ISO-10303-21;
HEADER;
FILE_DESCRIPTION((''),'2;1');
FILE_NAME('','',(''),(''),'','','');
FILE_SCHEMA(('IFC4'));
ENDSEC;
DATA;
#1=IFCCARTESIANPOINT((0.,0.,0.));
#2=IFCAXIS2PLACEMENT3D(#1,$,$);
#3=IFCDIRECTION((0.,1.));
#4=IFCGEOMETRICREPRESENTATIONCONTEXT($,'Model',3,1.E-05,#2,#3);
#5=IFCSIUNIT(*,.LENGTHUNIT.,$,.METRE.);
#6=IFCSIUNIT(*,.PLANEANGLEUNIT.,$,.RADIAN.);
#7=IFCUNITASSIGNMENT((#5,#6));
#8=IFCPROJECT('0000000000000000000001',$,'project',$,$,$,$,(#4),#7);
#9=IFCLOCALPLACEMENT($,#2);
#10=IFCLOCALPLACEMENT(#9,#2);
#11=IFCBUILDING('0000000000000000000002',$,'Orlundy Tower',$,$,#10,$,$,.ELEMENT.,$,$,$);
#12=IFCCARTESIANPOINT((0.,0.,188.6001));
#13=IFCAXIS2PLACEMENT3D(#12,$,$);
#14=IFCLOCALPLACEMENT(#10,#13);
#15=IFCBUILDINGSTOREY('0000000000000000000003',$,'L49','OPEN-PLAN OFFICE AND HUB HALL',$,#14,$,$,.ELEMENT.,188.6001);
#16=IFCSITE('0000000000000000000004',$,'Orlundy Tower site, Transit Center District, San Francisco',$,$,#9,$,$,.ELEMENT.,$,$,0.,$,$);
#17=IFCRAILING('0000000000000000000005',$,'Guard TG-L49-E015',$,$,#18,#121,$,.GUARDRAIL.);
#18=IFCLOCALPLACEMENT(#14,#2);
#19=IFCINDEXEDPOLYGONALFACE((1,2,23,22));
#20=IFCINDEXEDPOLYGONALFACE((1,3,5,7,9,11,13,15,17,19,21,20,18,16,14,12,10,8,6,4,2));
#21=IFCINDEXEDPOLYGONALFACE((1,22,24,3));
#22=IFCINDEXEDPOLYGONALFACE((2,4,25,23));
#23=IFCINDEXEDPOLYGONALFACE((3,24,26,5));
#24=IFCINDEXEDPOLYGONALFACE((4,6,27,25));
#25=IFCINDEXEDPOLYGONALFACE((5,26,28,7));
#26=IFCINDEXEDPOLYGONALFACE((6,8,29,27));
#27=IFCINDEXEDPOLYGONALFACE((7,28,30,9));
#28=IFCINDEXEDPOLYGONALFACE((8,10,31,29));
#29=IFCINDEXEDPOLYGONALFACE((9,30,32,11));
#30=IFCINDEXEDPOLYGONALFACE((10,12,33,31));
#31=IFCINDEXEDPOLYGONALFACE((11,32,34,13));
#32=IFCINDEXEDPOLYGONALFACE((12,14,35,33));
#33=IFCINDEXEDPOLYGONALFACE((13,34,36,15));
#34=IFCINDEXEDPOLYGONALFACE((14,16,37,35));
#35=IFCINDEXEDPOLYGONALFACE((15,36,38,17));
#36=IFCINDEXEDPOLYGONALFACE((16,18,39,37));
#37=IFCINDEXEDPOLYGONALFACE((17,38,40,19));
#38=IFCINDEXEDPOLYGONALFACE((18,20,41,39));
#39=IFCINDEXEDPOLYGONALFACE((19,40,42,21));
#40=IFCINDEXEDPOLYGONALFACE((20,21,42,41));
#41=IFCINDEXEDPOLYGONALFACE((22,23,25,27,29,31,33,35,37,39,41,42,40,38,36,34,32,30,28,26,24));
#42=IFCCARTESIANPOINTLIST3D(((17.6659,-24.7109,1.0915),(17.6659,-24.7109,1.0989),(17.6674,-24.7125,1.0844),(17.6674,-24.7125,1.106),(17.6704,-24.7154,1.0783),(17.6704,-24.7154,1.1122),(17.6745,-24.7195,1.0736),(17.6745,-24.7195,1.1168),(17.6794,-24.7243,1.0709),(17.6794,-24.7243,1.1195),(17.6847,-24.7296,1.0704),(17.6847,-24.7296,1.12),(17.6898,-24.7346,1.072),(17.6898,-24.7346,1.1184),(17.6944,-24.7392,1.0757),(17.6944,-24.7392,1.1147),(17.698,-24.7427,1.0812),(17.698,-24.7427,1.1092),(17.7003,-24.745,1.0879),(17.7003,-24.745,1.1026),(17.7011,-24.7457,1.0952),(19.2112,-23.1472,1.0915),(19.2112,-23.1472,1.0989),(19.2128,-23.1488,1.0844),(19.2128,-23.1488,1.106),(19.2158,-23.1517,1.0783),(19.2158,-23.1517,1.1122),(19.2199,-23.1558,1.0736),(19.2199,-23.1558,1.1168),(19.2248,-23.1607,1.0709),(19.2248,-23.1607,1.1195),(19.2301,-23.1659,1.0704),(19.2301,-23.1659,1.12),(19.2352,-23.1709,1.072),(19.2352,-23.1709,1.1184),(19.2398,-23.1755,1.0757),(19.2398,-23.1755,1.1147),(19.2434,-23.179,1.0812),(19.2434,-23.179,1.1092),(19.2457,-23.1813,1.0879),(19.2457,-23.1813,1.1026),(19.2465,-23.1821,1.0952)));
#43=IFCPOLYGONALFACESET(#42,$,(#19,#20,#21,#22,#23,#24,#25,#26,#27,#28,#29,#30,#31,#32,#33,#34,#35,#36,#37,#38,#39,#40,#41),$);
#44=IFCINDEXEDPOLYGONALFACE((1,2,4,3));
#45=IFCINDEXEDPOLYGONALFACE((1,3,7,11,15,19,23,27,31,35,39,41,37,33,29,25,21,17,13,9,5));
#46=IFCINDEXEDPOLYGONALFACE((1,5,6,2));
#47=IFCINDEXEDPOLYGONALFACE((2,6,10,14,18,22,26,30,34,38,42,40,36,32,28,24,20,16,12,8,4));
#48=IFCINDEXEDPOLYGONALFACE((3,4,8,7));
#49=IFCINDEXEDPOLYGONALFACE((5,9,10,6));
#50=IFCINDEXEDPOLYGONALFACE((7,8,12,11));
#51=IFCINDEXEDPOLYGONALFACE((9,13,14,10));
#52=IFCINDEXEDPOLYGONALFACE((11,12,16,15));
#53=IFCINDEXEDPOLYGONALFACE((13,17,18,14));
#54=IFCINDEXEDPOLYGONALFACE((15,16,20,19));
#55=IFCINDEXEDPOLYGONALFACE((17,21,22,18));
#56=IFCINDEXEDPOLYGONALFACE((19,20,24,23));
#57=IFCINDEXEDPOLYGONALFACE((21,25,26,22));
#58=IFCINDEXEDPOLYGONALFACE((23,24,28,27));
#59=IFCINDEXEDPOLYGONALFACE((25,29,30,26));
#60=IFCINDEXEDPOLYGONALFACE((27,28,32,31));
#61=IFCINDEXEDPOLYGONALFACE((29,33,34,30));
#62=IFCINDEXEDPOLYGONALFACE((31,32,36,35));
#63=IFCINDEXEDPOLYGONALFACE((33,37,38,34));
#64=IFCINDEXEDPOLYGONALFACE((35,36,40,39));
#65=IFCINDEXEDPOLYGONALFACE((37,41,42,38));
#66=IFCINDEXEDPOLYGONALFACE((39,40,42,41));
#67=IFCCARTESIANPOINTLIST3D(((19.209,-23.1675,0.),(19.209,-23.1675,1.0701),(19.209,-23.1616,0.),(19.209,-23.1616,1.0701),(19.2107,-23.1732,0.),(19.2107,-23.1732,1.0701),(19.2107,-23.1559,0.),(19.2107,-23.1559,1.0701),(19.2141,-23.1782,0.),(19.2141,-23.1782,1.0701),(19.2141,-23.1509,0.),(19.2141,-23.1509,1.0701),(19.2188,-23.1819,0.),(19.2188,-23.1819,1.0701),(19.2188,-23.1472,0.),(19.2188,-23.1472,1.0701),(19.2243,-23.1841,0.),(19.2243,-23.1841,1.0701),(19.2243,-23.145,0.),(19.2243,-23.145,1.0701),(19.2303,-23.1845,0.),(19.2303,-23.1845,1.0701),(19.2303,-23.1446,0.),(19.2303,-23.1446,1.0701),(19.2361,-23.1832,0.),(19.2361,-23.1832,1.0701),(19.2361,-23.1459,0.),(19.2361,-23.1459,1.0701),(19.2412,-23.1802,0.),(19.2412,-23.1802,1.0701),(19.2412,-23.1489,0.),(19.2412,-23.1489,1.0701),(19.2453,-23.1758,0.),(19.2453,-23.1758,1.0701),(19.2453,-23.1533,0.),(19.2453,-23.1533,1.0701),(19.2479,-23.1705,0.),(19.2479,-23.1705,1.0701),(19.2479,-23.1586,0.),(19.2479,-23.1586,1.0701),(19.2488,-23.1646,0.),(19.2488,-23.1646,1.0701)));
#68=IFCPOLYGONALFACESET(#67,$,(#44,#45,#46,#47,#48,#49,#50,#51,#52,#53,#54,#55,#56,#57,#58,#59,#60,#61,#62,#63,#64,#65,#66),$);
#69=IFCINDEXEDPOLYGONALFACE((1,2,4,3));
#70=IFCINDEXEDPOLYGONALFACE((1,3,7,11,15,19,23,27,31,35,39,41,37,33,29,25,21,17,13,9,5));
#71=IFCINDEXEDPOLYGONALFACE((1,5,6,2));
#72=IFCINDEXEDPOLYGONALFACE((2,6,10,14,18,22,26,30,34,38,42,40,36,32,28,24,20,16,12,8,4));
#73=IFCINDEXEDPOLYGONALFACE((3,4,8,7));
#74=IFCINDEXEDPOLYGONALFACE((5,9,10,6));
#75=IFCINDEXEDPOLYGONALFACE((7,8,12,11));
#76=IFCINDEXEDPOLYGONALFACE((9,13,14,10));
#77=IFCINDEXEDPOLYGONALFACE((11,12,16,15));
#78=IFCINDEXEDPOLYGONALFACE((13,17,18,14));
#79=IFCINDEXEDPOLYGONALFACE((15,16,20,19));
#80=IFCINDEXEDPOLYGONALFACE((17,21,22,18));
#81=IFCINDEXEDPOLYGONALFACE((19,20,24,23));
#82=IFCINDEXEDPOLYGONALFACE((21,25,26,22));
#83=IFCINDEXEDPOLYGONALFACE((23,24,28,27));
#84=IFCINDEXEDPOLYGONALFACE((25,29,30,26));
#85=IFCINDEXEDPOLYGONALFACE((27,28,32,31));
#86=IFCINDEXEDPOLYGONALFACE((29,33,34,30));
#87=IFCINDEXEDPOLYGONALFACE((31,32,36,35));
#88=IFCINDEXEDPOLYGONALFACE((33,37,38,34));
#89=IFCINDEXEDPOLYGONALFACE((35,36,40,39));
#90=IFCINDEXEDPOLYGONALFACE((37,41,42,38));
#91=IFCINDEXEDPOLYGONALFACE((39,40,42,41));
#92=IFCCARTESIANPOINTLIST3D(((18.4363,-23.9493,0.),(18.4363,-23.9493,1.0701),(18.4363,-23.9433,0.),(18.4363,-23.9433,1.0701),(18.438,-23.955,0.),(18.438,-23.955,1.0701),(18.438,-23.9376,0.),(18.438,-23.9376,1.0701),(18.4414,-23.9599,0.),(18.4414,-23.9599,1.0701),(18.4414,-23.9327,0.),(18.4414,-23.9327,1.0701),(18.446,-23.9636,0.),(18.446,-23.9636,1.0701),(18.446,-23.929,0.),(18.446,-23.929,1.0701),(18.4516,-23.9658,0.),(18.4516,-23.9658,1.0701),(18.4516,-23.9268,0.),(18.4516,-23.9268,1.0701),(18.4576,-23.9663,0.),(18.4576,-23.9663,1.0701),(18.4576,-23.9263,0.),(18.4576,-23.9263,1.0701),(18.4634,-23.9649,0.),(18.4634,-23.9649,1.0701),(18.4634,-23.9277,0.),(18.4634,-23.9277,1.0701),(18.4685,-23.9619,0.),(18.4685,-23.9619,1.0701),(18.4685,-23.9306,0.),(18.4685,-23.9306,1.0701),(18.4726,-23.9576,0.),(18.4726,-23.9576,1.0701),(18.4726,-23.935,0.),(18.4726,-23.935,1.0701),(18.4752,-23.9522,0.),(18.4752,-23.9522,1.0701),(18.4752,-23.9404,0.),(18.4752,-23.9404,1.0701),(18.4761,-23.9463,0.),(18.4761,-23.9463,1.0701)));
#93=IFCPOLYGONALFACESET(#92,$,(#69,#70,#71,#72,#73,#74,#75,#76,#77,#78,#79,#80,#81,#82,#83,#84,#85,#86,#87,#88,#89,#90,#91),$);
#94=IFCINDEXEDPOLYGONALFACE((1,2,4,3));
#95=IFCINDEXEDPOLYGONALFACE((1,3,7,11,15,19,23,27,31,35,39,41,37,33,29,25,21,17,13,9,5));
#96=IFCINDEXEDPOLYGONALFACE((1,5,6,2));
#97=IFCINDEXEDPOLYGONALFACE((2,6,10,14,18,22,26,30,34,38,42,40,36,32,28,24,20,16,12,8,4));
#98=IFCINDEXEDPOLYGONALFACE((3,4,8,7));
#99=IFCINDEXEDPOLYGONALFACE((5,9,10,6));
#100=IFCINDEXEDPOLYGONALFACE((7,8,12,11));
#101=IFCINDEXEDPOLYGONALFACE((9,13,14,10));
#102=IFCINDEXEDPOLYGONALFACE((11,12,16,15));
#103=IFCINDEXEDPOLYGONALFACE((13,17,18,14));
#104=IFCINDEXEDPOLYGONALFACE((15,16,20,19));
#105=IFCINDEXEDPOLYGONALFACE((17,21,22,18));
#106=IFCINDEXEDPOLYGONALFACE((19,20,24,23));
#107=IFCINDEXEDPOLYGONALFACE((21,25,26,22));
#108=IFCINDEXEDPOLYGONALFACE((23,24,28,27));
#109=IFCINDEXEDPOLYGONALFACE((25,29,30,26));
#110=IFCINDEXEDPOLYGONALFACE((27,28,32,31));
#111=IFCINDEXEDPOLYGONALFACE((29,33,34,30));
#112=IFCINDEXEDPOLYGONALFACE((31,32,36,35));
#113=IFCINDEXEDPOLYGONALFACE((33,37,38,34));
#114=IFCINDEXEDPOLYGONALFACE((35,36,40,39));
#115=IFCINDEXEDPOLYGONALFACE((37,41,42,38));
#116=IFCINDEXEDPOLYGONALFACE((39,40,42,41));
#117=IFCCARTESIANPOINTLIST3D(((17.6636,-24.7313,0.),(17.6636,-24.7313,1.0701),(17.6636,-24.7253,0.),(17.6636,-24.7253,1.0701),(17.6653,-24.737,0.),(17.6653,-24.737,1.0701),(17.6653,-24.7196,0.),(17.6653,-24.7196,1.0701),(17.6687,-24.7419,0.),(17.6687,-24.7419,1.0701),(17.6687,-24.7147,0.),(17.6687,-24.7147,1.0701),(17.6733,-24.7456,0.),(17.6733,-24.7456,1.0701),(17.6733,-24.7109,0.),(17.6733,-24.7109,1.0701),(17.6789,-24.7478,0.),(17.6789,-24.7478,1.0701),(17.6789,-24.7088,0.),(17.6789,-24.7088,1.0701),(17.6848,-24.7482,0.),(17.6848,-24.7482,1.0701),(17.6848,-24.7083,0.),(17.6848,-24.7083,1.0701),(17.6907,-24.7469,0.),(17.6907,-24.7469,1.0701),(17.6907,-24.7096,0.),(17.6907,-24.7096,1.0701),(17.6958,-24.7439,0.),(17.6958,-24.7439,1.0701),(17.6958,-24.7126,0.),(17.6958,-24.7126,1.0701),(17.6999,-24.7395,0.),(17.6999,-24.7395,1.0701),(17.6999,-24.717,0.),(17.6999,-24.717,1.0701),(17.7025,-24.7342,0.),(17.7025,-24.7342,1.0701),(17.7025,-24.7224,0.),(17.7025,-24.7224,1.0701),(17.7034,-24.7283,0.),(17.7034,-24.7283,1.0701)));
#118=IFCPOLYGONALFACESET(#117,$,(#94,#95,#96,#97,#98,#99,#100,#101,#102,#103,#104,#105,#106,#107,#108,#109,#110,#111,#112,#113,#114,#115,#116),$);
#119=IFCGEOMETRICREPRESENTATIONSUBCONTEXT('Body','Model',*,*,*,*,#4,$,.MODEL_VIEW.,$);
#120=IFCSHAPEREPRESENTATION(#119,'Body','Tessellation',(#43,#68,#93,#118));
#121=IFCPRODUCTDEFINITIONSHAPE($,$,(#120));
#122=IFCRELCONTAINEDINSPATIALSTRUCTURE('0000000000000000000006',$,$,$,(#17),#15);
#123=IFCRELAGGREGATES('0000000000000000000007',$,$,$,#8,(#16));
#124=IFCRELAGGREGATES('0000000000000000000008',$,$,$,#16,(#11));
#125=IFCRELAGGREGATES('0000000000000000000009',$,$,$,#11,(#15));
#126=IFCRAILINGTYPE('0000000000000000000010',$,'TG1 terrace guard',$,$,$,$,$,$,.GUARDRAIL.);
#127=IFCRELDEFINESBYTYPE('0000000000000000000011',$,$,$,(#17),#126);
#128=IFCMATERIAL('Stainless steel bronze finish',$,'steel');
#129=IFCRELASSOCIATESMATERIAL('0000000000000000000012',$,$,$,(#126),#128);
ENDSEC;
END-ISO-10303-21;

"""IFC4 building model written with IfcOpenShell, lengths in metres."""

from ifc_helpers import new_model, si_unit, direction, frame, origin, origin_2d, place, context, subcontext, project, spatial, circle, extrude, material, type_object, element, save


model = new_model("IFC4")

# Units and contexts
model_context = context("Model", 3, precision=1e-05, world=origin(), true_north=direction((0.0, 1.0)))
body_context = subcontext(model_context, "Body", "Model", "MODEL_VIEW")
ifc_project = project(units=[si_unit("LENGTHUNIT", "METRE"), si_unit("PLANEANGLEUNIT", "RADIAN")], contexts=[model_context])

# Site, building, storey
site_placement = place(None, origin())
site = spatial("IfcSite", under=ifc_project, at=site_placement, Name="Orlundy Tower site, Transit Center District, San Francisco", CompositionType="ELEMENT", RefElevation=0.0)
building_placement = place(site_placement, origin())
building = spatial("IfcBuilding", under=site, at=building_placement, Name="Orlundy Tower", CompositionType="ELEMENT")
storey_placement = place(building_placement, frame((0.0, 0.0, 188.6001)))
storey = spatial("IfcBuildingStorey", under=building, at=storey_placement, Name="L49", Description="OPEN-PLAN OFFICE AND HUB HALL", CompositionType="ELEMENT", Elevation=188.6001)

# Railing
ifc_material_1 = material(Name="Stainless steel bronze finish", Category="steel")
railing_type = type_object("IfcRailingType", Name="TG1 terrace guard", PredefinedType="GUARDRAIL", material=ifc_material_1)
railing_1_placement = place(storey_placement, frame((19.2288, -23.1646, 0.0)))
element("IfcRailing", 1, at=railing_1_placement, inside=storey, type_object=railing_type, Name="Guard TG-L49-E015", PredefinedType="GUARDRAIL", context=body_context, shape_type="SweptSolid", body=[
    extrude(circle(Radius=0.0249, at=origin_2d()), frame((0.0, 0.0, 1.0952), z_axis=(-0.70293, -0.711259, 0.0), x_axis=(0.711259, -0.70293, 0.0)), (0.0, 0.0, 1.0), 2.1985),
    extrude(circle(Radius=0.02, at=origin_2d()), origin(), (0.0, 0.0, 1.0), 1.0701),
    extrude(circle(Radius=0.02, at=origin_2d()), frame((-0.7727, -0.7817, 0.0)), (0.0, 0.0, 1.0), 1.0701),
    extrude(circle(Radius=0.02, at=origin_2d()), frame((-1.5454, -1.5637, 0.0)), (0.0, 0.0, 1.0), 1.0701),
])

save(model, "model.ifc")
